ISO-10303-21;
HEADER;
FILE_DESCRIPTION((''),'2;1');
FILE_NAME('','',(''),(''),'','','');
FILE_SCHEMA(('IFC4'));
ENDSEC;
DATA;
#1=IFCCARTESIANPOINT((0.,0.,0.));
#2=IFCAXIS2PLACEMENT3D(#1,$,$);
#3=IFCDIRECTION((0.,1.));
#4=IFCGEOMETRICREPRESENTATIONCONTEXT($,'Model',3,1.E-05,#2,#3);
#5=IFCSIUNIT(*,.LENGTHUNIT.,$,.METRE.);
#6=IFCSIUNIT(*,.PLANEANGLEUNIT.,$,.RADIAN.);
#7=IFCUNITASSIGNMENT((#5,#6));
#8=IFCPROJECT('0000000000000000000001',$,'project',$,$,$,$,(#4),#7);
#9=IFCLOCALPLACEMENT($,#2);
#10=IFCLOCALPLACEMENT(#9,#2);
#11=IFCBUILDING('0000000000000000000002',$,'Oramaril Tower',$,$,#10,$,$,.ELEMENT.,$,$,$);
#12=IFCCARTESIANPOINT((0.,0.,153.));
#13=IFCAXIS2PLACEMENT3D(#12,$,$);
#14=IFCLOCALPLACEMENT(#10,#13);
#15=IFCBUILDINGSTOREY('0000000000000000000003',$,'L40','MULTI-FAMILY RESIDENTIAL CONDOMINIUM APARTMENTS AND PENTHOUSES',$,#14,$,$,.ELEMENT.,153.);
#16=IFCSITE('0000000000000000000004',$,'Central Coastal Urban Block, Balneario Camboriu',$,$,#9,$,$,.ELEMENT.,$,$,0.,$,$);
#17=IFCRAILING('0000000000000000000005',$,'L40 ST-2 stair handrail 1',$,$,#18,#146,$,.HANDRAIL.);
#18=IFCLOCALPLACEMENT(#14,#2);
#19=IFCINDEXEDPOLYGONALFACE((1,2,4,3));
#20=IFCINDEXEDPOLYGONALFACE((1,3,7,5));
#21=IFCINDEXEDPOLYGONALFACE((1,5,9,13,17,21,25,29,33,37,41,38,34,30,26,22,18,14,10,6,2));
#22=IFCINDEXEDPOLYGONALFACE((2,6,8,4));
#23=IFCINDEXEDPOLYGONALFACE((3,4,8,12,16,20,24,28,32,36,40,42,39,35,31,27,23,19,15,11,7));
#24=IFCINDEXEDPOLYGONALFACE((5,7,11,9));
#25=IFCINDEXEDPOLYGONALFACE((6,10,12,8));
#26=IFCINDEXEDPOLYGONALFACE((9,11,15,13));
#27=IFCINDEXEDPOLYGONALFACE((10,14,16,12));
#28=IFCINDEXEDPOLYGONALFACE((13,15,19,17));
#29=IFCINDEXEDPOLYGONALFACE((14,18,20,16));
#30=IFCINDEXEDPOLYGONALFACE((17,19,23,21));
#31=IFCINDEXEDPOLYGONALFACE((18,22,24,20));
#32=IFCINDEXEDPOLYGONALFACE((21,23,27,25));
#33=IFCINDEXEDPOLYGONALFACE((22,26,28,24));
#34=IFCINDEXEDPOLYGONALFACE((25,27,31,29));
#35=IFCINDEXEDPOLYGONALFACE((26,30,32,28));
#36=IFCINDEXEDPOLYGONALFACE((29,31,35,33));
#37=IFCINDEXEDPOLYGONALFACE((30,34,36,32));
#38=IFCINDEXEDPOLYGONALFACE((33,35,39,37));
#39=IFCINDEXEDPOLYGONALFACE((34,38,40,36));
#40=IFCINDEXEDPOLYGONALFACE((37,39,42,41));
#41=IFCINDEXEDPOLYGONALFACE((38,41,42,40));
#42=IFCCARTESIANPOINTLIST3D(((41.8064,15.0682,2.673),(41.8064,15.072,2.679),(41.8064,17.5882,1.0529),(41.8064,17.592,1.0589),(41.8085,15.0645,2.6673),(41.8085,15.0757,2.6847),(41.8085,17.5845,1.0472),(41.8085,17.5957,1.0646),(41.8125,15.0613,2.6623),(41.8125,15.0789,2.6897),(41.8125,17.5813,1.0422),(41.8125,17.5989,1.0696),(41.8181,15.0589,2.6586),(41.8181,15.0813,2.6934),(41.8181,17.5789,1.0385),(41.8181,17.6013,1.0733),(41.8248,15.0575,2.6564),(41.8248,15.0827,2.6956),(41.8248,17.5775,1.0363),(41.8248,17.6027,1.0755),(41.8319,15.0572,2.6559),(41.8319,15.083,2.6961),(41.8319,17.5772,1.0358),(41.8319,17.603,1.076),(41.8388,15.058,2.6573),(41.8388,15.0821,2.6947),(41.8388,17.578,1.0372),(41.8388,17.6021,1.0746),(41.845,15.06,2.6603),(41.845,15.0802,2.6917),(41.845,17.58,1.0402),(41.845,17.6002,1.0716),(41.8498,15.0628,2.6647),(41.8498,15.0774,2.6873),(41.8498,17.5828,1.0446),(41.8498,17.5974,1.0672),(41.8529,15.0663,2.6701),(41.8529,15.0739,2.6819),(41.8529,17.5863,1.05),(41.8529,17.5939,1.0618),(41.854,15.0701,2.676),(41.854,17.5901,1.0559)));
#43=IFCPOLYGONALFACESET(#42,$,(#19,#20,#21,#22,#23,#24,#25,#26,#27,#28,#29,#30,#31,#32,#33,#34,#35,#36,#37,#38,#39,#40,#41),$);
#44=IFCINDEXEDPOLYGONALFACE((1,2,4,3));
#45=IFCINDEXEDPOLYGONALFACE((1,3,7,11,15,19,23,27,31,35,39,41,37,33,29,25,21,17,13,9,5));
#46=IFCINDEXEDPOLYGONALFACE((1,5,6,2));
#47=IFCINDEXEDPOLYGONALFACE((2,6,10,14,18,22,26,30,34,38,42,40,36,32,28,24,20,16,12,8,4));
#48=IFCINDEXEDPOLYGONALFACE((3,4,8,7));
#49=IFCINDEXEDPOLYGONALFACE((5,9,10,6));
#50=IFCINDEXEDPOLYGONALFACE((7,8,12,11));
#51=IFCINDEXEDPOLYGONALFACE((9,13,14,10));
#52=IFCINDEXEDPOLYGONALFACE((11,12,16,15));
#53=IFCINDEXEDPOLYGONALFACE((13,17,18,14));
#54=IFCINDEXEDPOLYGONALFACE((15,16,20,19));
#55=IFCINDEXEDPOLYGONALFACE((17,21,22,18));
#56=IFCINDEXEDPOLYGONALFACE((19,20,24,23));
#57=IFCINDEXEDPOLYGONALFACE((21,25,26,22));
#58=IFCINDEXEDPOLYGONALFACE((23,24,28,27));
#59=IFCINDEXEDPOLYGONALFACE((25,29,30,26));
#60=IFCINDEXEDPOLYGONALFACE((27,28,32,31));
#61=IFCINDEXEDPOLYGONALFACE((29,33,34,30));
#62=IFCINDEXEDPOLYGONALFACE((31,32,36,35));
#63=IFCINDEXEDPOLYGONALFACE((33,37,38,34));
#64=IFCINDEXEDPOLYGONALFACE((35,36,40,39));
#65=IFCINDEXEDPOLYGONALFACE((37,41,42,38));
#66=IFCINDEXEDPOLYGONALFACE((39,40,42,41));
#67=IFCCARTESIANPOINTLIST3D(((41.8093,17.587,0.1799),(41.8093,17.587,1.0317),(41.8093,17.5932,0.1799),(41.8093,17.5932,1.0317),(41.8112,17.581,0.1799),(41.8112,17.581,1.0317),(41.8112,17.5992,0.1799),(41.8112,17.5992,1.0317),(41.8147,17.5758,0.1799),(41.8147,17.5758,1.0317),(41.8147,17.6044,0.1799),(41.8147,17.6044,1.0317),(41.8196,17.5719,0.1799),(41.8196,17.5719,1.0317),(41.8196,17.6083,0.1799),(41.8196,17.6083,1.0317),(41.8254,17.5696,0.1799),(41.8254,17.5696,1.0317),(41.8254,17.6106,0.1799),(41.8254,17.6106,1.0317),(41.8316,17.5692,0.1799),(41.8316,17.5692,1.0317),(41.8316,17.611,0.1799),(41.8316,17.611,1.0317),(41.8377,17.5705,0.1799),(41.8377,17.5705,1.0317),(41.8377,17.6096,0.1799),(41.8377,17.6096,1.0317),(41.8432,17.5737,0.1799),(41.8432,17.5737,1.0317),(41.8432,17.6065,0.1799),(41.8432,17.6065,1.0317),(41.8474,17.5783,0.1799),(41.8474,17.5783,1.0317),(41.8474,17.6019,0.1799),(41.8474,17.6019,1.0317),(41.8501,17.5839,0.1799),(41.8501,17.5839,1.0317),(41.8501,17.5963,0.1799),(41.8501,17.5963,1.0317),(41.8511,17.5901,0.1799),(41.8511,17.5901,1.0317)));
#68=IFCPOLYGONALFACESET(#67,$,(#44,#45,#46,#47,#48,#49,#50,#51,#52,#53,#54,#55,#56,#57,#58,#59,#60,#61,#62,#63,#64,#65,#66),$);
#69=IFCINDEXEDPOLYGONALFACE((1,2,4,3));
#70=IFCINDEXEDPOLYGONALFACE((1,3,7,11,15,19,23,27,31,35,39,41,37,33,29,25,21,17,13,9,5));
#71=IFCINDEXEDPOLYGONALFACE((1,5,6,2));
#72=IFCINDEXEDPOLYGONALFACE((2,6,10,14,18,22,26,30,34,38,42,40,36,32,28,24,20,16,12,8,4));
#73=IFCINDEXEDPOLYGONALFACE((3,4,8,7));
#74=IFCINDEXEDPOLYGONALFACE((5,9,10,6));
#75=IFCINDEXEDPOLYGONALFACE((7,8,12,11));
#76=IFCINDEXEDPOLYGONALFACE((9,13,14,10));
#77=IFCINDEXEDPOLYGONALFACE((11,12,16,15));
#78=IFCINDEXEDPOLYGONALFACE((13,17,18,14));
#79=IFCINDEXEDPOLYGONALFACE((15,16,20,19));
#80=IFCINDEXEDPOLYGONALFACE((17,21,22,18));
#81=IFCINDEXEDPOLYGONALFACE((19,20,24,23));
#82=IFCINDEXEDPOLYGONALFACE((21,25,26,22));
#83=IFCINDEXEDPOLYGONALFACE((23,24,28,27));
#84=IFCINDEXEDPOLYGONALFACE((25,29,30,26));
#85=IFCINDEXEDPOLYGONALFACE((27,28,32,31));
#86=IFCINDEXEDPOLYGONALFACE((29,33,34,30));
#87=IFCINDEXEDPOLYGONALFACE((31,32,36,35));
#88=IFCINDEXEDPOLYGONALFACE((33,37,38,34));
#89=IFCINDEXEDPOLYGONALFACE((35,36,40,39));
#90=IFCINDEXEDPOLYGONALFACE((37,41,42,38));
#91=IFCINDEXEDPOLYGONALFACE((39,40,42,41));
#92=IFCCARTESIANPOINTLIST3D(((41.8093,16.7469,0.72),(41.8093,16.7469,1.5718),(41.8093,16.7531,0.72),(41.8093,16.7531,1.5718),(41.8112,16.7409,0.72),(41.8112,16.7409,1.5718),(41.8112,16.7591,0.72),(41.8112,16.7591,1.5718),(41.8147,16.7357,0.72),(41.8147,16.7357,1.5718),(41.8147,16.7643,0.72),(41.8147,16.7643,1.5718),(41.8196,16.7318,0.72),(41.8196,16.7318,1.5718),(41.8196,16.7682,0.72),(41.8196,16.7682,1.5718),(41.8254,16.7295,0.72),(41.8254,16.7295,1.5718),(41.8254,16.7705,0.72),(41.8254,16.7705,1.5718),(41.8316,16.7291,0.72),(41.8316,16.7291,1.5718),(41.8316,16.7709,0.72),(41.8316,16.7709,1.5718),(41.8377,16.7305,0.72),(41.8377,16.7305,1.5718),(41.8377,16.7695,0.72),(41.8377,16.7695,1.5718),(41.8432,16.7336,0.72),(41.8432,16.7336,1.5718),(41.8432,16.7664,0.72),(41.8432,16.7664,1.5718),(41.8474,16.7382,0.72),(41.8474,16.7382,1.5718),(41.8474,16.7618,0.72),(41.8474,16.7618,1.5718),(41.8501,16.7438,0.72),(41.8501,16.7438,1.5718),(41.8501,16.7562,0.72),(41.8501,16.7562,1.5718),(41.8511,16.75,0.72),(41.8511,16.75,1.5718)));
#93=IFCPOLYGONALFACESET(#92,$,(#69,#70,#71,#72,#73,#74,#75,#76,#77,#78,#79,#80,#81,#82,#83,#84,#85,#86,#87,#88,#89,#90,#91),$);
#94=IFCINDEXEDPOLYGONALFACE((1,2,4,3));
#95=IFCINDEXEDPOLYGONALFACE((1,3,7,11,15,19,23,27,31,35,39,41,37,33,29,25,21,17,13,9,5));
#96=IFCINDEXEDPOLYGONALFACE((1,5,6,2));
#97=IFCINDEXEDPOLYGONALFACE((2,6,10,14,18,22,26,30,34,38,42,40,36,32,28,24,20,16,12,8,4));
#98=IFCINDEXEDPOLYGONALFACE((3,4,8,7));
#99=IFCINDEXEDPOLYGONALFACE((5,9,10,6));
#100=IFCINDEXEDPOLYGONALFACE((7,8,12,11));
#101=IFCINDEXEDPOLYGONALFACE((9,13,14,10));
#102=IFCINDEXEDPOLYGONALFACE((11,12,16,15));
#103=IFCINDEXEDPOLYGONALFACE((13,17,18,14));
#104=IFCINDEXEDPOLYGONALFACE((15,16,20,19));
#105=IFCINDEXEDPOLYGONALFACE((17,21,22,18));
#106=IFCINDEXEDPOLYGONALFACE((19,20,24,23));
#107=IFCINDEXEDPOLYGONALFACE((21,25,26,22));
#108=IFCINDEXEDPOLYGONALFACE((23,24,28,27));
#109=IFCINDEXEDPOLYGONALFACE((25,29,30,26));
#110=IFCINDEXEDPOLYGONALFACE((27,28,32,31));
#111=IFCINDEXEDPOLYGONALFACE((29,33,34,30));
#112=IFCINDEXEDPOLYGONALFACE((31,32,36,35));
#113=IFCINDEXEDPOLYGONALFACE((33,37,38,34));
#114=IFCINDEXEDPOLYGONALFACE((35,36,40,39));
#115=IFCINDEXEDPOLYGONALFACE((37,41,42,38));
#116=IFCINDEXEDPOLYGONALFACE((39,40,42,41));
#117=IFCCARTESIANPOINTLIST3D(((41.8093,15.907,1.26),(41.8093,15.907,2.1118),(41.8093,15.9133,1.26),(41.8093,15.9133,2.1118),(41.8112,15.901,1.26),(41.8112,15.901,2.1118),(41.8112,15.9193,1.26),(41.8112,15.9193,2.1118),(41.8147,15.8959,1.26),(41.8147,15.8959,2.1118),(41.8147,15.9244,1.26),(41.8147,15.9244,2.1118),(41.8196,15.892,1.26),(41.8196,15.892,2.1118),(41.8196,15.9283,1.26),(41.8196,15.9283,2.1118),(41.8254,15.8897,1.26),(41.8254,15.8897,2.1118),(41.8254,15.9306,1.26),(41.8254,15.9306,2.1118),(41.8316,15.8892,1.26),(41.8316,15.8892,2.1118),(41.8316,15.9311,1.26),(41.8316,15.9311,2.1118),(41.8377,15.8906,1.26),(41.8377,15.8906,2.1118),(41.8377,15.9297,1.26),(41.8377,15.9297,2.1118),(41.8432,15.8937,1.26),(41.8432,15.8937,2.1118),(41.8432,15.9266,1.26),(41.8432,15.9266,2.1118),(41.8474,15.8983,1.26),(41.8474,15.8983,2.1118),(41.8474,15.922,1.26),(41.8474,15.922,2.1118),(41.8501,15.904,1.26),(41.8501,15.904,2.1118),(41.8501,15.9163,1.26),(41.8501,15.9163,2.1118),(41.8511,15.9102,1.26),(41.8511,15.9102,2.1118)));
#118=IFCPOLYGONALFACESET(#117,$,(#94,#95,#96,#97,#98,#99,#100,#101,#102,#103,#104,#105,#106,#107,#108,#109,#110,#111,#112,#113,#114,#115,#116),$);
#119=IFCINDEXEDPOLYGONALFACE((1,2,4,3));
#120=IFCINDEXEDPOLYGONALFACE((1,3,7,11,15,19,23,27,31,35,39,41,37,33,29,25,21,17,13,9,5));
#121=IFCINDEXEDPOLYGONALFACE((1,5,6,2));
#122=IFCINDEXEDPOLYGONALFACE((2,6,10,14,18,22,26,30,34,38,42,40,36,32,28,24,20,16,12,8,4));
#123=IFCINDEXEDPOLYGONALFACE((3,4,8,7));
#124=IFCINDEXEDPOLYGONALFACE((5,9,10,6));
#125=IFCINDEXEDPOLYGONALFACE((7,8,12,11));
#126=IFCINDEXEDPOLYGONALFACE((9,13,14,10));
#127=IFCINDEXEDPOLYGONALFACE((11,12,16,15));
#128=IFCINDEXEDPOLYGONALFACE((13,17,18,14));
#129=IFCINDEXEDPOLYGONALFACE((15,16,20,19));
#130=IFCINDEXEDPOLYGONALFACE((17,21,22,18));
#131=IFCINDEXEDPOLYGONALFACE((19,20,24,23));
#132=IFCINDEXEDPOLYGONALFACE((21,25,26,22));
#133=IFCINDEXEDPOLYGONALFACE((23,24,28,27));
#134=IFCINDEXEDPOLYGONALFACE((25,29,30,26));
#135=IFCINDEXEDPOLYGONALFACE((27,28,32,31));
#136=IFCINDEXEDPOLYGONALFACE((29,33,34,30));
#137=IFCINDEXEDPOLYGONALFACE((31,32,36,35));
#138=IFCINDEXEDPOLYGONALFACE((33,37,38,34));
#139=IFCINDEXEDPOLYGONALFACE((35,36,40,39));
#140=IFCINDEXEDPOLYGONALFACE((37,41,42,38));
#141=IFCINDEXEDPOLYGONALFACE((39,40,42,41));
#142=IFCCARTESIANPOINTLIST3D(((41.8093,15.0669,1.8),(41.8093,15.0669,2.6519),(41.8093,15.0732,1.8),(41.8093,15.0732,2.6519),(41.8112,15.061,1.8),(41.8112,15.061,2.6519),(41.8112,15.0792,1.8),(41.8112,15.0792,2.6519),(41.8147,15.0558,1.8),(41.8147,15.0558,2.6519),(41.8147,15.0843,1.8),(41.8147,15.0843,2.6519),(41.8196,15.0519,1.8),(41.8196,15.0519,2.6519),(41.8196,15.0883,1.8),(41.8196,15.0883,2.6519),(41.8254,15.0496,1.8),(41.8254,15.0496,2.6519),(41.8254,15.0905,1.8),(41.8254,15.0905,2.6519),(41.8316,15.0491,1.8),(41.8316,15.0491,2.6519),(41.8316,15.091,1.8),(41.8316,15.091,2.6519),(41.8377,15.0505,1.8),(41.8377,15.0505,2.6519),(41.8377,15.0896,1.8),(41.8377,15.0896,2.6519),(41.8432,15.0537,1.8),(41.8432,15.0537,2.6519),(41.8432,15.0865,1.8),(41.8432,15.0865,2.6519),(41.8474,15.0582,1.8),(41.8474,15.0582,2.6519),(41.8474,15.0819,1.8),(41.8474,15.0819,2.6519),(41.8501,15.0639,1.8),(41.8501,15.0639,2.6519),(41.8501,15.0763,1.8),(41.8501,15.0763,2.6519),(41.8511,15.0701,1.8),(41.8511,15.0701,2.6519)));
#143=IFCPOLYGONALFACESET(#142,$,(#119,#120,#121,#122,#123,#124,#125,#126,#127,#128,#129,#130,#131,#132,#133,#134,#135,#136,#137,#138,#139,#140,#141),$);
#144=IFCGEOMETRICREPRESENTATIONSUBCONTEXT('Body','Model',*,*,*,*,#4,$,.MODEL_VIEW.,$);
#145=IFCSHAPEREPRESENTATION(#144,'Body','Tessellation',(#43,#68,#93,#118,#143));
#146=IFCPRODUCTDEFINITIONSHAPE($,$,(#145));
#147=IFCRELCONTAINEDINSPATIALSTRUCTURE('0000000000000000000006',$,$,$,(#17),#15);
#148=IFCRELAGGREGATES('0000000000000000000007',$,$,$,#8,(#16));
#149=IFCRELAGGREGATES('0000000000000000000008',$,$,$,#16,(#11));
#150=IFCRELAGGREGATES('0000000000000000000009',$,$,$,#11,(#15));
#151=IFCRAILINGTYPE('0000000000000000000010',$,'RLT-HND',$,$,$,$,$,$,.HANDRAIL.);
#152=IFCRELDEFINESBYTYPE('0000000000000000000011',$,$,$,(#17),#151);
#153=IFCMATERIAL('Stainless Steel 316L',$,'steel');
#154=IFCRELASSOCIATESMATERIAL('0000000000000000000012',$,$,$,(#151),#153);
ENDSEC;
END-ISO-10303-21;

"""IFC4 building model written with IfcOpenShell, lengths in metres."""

from ifc_helpers import new_model, si_unit, direction, frame, origin, origin_2d, place, context, subcontext, project, spatial, circle, extrude, material, type_object, element, save


model = new_model("IFC4")

# Units and contexts
model_context = context("Model", 3, precision=1e-05, world=origin(), true_north=direction((0.0, 1.0)))
body_context = subcontext(model_context, "Body", "Model", "MODEL_VIEW")
ifc_project = project(units=[si_unit("LENGTHUNIT", "METRE"), si_unit("PLANEANGLEUNIT", "RADIAN")], contexts=[model_context])

# Site, building, storey
site_placement = place(None, origin())
site = spatial("IfcSite", under=ifc_project, at=site_placement, Name="Central Coastal Urban Block, Balneario Camboriu", CompositionType="ELEMENT", RefElevation=0.0)
building_placement = place(site_placement, origin())
building = spatial("IfcBuilding", under=site, at=building_placement, Name="Oramaril Tower", CompositionType="ELEMENT")
storey_placement = place(building_placement, frame((0.0, 0.0, 153.0)))
storey = spatial("IfcBuildingStorey", under=building, at=storey_placement, Name="L40", Description="MULTI-FAMILY RESIDENTIAL CONDOMINIUM APARTMENTS AND PENTHOUSES", CompositionType="ELEMENT", Elevation=153.0)

# Railing
ifc_material_1 = material(Name="Stainless Steel 316L", Category="steel")
railing_type_1 = type_object("IfcRailingType", Name="RLT-HND", PredefinedType="HANDRAIL", material=ifc_material_1)
railing_1_placement = place(storey_placement, frame((41.8301, 17.5901, 0.1799)))
element("IfcRailing", 1, at=railing_1_placement, inside=storey, type_object=railing_type_1, Name="L40 ST-2 stair handrail 1", PredefinedType="HANDRAIL", context=body_context, shape_type="SweptSolid", body=[
    extrude(circle(Radius=0.0239, at=origin_2d()), frame((0.0, 0.0, 0.876), z_axis=(0.0, -0.841163, 0.540782), x_axis=(1.0, 0.0, 0.0)), (0.0, 0.0, 1.0), 2.9958),
    extrude(circle(Radius=0.021, at=origin_2d()), origin(), (0.0, 0.0, 1.0), 0.8518),
    extrude(circle(Radius=0.021, at=origin_2d()), frame((0.0, -0.8401, 0.54)), (0.0, 0.0, 1.0), 0.8518),
    extrude(circle(Radius=0.021, at=origin_2d()), frame((0.0, -1.6799, 1.0801)), (0.0, 0.0, 1.0), 0.8518),
    extrude(circle(Radius=0.021, at=origin_2d()), frame((0.0, -2.52, 1.6201)), (0.0, 0.0, 1.0), 0.8518),
])

save(model, "model.ifc")
